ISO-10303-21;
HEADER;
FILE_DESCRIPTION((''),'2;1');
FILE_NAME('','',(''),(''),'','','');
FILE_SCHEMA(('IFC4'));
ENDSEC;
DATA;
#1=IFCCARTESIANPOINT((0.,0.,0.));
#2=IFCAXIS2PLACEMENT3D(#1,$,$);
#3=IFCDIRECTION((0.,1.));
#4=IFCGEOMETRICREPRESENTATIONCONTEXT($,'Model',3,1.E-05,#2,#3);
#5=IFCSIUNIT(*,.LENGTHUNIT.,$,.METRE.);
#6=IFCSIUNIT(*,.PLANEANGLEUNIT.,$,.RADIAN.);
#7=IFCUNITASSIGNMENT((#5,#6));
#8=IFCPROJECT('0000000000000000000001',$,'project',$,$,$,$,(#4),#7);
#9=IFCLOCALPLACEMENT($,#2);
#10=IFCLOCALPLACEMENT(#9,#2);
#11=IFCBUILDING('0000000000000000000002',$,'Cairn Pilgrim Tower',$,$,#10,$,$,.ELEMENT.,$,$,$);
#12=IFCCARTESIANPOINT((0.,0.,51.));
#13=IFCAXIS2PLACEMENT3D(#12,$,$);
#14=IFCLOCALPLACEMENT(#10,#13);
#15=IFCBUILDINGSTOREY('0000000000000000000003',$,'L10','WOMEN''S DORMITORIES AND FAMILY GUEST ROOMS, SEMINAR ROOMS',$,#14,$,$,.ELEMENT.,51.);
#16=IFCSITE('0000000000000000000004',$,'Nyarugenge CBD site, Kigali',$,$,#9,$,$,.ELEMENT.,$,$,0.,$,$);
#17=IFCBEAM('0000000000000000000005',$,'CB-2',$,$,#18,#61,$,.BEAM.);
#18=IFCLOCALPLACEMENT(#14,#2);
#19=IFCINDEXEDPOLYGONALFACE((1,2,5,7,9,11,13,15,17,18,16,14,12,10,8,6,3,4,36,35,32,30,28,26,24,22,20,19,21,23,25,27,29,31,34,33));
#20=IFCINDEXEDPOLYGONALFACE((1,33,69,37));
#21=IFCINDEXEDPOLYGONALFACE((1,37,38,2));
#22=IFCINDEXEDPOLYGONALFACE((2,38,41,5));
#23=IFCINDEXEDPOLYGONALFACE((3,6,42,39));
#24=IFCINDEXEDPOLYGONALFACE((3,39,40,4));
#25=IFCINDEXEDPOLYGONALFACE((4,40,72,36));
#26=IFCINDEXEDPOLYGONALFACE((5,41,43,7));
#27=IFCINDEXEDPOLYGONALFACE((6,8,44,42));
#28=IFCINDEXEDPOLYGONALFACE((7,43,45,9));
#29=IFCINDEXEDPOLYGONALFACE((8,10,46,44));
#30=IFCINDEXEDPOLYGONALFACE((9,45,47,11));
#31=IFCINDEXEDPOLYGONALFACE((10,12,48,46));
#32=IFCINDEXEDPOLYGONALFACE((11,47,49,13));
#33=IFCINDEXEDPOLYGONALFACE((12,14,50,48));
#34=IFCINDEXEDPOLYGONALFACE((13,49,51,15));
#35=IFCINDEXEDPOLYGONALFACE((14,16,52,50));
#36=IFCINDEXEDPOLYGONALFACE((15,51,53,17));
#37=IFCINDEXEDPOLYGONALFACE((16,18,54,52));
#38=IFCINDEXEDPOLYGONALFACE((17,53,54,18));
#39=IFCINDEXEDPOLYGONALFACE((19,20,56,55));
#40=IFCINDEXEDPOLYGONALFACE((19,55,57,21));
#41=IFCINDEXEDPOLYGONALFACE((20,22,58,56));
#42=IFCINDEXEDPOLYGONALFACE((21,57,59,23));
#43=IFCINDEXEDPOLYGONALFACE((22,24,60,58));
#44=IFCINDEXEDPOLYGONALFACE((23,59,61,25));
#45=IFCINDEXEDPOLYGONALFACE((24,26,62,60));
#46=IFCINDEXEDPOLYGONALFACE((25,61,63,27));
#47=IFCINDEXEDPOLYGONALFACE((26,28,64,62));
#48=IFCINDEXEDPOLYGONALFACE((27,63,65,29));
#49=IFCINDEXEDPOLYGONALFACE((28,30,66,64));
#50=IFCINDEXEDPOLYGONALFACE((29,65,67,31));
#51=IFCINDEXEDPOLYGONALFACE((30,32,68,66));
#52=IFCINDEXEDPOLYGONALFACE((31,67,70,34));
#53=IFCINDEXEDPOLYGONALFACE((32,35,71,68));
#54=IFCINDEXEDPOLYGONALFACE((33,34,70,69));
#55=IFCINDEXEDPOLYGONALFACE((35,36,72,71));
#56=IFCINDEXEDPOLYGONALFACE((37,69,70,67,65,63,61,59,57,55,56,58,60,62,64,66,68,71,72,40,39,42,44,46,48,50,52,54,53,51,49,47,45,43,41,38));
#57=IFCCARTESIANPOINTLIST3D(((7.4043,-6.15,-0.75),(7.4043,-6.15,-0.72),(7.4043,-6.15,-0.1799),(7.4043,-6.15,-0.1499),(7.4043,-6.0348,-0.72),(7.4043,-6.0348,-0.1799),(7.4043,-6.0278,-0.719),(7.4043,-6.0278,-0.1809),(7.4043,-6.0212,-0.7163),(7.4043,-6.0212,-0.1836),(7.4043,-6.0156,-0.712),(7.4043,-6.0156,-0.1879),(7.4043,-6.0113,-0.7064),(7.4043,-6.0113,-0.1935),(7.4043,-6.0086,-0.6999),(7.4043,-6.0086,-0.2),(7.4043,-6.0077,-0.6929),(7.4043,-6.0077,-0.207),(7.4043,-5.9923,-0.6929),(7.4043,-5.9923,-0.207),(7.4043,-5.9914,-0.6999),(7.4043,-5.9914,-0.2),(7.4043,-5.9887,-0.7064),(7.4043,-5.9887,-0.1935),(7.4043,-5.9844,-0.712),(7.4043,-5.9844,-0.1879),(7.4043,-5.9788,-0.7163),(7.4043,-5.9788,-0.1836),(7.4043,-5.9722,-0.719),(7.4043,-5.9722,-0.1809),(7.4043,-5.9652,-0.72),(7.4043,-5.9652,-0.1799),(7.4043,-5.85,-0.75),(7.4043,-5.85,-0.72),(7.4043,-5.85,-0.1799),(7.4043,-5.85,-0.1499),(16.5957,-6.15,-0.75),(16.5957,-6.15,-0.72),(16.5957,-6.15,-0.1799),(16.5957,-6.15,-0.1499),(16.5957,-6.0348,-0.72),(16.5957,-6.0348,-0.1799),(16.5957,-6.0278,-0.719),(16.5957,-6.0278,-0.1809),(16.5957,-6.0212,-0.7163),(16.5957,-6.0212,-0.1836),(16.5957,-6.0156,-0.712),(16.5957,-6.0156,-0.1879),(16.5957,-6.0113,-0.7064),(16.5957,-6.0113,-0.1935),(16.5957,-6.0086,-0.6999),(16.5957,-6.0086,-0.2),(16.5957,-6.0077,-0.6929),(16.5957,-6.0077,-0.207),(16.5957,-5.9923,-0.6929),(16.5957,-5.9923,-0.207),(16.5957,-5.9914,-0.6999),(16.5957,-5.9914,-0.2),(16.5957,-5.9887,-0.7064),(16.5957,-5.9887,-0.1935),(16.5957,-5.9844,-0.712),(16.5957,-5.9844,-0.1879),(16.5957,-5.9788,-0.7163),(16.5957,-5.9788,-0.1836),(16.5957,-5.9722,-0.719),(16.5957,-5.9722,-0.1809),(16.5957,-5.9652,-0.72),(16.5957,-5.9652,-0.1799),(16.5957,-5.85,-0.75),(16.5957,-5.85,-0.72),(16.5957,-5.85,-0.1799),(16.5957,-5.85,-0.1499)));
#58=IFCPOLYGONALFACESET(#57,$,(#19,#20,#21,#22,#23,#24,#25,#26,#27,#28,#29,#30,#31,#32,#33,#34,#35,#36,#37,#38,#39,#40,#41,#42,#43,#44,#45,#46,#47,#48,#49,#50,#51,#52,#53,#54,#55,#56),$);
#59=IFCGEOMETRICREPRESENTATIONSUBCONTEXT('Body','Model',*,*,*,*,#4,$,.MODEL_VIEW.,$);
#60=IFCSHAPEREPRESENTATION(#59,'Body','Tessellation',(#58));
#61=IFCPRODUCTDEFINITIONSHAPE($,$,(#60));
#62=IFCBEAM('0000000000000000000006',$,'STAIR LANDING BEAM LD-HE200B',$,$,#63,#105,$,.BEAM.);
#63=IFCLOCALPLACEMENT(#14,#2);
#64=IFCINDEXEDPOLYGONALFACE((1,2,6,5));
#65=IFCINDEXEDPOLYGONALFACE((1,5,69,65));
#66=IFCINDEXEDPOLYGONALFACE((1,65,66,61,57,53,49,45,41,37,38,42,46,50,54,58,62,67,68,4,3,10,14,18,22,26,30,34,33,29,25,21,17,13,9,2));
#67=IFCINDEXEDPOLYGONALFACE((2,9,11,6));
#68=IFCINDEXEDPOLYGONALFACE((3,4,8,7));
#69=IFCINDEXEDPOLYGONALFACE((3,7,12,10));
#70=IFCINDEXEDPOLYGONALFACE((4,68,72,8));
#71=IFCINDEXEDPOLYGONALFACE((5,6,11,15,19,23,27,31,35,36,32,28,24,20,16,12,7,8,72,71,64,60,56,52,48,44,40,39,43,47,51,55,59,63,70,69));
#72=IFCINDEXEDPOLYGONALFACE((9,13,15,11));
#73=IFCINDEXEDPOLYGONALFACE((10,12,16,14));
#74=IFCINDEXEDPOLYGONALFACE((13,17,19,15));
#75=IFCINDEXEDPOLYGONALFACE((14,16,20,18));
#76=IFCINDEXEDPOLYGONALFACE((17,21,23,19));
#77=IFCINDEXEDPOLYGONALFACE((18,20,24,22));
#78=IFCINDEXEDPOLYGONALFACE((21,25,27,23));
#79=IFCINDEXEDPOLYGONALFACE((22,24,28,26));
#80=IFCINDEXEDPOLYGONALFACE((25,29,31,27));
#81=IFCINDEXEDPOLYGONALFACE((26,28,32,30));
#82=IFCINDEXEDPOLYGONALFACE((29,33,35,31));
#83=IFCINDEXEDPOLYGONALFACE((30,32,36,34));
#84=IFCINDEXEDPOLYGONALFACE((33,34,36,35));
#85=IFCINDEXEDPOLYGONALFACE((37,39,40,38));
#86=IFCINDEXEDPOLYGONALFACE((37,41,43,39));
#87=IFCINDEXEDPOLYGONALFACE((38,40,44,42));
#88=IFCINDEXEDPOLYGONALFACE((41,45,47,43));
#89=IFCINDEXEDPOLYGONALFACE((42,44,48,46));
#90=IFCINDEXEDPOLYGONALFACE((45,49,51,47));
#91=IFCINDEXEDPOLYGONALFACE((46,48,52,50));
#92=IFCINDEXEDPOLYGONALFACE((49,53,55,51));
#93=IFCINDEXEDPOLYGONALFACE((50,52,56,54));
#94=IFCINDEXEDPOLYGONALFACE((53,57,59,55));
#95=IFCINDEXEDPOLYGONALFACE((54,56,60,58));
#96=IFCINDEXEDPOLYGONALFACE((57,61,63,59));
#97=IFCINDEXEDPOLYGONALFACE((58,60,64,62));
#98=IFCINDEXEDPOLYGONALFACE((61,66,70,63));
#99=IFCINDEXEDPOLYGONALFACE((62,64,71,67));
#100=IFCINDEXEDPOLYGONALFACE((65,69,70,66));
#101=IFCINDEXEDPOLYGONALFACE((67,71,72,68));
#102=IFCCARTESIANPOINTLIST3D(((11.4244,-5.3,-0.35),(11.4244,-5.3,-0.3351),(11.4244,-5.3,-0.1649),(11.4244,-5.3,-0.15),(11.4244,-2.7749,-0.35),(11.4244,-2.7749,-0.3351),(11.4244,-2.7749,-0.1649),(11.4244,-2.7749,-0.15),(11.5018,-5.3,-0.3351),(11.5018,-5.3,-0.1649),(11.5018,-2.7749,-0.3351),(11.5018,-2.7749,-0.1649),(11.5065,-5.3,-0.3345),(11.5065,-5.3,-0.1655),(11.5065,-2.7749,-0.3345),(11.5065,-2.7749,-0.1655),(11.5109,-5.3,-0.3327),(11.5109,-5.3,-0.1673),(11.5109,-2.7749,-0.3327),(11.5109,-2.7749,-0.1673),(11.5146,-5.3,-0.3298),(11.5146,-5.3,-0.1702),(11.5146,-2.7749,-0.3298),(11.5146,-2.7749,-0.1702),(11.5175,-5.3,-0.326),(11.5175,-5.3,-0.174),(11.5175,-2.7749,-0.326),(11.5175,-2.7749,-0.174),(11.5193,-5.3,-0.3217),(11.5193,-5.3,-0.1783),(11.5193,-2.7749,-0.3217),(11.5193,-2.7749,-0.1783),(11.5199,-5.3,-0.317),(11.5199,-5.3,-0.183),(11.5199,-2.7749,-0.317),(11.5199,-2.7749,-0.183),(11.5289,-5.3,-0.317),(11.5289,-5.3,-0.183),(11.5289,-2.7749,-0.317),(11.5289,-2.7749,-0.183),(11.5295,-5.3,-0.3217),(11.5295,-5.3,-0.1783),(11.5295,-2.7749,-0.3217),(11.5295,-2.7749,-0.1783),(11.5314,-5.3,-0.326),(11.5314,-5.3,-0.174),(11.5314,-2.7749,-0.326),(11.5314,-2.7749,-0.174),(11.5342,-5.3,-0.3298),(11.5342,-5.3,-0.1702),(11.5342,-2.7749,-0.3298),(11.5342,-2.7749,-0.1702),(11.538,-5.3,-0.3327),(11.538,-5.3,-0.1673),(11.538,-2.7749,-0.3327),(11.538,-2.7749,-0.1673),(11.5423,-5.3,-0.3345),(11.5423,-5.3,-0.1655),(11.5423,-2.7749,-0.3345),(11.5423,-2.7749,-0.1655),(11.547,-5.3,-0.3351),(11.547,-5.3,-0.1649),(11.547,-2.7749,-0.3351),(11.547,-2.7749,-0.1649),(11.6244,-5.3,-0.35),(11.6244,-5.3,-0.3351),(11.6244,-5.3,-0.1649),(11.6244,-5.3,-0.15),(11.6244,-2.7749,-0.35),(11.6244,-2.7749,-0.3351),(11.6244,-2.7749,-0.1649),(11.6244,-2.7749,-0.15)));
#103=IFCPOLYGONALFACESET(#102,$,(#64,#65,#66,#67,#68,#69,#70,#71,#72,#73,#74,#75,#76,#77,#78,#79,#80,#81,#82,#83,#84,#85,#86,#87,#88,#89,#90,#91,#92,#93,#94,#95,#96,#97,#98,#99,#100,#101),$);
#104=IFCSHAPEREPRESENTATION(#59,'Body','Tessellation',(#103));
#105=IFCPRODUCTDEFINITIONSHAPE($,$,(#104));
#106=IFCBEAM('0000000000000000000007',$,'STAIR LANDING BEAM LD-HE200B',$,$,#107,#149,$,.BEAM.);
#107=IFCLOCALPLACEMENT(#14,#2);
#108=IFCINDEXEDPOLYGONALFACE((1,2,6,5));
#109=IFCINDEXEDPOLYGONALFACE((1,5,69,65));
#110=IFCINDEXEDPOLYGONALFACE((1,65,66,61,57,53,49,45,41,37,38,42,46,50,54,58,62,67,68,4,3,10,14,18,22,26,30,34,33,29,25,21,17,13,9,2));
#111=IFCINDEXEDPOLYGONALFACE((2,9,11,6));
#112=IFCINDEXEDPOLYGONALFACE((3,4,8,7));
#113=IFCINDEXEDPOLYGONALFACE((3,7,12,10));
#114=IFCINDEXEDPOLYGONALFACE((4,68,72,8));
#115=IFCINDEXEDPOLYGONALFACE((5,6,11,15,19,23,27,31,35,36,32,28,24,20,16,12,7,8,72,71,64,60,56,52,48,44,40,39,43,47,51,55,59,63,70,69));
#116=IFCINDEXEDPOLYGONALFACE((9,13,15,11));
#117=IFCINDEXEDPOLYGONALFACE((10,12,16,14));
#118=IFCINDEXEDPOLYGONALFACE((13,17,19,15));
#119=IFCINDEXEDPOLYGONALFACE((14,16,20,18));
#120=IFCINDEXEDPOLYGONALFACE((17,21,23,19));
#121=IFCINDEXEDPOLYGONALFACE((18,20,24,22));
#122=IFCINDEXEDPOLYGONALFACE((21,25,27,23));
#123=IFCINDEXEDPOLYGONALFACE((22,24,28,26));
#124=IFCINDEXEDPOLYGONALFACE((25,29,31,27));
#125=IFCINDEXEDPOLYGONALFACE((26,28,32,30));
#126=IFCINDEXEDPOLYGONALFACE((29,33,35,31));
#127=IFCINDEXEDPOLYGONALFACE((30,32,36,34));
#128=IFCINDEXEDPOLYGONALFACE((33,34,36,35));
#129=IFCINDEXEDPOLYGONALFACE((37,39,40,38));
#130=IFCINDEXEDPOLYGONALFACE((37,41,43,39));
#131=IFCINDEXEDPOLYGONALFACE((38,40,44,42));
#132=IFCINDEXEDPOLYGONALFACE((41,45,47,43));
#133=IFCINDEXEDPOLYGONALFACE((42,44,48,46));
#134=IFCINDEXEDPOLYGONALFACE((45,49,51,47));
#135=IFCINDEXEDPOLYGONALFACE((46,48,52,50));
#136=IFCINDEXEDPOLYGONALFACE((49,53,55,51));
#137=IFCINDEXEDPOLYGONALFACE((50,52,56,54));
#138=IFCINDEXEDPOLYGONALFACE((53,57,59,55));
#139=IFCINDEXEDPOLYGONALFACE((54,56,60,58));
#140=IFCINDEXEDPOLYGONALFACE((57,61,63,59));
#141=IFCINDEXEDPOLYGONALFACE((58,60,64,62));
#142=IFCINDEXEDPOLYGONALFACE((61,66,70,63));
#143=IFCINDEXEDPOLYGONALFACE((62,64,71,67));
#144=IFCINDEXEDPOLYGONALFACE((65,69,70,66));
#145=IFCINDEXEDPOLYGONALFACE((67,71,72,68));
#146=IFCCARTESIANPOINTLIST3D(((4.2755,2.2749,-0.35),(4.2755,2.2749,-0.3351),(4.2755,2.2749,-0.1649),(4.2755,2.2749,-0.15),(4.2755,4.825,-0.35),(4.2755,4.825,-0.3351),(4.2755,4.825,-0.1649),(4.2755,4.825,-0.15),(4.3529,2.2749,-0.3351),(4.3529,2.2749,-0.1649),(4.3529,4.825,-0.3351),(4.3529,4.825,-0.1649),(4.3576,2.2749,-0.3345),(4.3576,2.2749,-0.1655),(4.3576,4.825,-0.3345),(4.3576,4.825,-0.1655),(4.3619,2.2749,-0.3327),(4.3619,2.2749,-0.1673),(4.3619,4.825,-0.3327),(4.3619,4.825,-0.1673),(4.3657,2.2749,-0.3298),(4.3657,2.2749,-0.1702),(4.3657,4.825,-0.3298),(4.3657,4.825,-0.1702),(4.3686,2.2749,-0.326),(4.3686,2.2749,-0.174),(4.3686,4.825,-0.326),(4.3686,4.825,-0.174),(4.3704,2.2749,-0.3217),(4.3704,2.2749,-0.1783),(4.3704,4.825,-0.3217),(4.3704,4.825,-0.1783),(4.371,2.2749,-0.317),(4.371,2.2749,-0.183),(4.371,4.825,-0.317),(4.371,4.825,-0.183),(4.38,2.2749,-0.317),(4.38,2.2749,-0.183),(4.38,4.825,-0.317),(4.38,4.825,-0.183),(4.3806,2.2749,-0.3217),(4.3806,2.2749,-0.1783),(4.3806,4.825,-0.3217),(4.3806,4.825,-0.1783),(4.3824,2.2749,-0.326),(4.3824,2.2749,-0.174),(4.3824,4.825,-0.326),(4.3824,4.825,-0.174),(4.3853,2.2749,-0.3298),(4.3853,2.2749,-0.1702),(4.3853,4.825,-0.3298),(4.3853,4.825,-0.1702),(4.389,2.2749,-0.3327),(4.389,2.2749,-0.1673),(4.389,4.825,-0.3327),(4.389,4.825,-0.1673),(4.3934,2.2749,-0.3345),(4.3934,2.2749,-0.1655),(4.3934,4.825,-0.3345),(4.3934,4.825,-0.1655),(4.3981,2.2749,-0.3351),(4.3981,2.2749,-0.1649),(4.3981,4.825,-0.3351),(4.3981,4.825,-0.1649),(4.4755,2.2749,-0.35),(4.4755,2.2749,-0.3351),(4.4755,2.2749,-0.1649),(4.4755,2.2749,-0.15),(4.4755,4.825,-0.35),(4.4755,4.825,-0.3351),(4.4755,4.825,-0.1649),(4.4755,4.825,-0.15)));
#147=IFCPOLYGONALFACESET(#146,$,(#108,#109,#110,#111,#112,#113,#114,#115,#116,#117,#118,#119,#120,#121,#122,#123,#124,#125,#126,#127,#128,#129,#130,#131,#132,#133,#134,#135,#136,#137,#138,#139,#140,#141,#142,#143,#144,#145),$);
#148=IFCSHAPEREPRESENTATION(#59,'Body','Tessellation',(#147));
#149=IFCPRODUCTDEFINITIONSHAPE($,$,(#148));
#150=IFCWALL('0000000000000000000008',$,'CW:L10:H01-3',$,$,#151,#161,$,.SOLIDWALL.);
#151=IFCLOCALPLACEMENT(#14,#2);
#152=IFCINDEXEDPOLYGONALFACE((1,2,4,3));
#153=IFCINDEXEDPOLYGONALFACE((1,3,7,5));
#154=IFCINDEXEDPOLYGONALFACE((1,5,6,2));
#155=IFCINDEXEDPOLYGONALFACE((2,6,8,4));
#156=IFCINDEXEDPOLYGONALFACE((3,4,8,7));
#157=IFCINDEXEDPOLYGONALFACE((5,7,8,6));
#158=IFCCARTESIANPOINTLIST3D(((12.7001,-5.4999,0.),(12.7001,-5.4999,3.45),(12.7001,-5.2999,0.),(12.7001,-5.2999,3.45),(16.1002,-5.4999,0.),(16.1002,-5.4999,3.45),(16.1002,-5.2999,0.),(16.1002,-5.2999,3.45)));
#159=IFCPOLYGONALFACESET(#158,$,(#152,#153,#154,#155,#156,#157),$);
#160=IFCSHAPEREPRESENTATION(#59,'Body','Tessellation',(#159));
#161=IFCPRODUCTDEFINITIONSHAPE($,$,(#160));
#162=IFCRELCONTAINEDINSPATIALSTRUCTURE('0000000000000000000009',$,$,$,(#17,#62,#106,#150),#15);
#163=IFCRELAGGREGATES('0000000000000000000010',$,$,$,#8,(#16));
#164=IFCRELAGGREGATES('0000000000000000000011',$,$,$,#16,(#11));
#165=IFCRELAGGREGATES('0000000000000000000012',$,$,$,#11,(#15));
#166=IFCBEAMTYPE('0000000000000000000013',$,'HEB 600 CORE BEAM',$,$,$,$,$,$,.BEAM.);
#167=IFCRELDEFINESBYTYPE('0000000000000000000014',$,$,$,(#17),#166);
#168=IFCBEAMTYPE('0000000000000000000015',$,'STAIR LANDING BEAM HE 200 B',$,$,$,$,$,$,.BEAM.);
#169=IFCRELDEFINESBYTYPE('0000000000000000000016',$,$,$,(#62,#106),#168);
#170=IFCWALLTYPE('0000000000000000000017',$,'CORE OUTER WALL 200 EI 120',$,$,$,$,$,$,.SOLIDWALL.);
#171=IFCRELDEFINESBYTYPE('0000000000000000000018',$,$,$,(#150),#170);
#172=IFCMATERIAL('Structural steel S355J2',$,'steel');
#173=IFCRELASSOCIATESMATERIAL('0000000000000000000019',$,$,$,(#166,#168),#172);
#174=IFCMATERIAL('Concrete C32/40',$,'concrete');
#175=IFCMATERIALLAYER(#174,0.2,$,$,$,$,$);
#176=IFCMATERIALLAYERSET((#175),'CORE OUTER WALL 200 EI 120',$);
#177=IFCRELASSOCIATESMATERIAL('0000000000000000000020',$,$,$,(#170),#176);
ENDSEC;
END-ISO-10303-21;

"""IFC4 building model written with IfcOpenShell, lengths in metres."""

from ifc_helpers import new_model, si_unit, direction, frame, frame_2d, origin, origin_2d, place, context, subcontext, project, spatial, rectangle, i_section, extrude, material, layer, layer_set, material_profile, profile_set, type_object, element, save


model = new_model("IFC4")

# Units and contexts
model_context = context("Model", 3, precision=1e-05, world=origin(), true_north=direction((0.0, 1.0)))
body_context = subcontext(model_context, "Body", "Model", "MODEL_VIEW")
ifc_project = project(units=[si_unit("LENGTHUNIT", "METRE"), si_unit("PLANEANGLEUNIT", "RADIAN")], contexts=[model_context])

# Site, building, storey
site_placement = place(None, origin())
site = spatial("IfcSite", under=ifc_project, at=site_placement, Name="Nyarugenge CBD site, Kigali", CompositionType="ELEMENT", RefElevation=0.0)
building_placement = place(site_placement, origin())
building = spatial("IfcBuilding", under=site, at=building_placement, Name="Cairn Pilgrim Tower", CompositionType="ELEMENT")
storey_placement = place(building_placement, frame((0.0, 0.0, 51.0)))
storey = spatial("IfcBuildingStorey", under=building, at=storey_placement, Name="L10", Description="WOMEN'S DORMITORIES AND FAMILY GUEST ROOMS, SEMINAR ROOMS", CompositionType="ELEMENT", Elevation=51.0)

# Beams
ifc_material_1 = material(Name="Structural steel S355J2", Category="steel")
ifc_material_profile_1 = material_profile(ifc_material_1, i_section(OverallWidth=0.3, OverallDepth=0.6001, WebThickness=0.0154, FlangeThickness=0.03, FilletRadius=0.0271, at=origin_2d()), Name="HEB 600")
ifc_profile_set_1 = profile_set([ifc_material_profile_1], Name="Structural steel S355J2")
beam_type_1 = type_object("IfcBeamType", Name="HEB 600 CORE BEAM", PredefinedType="BEAM", material=ifc_profile_set_1)
beam_1_placement = place(storey_placement, frame((7.4043, -6.0, -0.45), z_axis=(1.0, 0.0, 0.0), x_axis=(0.0, 1.0, 0.0)))
element("IfcBeam", 1, at=beam_1_placement, inside=storey, type_object=beam_type_1, Name="CB-2", PredefinedType="BEAM", context=body_context, shape_type="SweptSolid", body=[
    extrude(i_section(OverallWidth=0.3, OverallDepth=0.6001, WebThickness=0.0154, FlangeThickness=0.03, FilletRadius=0.0271, at=origin_2d()), origin(), (0.0, 0.0, 1.0), 9.1914),
])
ifc_material_profile_2 = material_profile(ifc_material_1, i_section(OverallWidth=0.2, OverallDepth=0.2, WebThickness=0.009, FlangeThickness=0.0149, FilletRadius=0.0181, at=origin_2d()), Name="HE 200 B")
ifc_profile_set_2 = profile_set([ifc_material_profile_2], Name="Structural steel S355J2")
beam_type_2 = type_object("IfcBeamType", Name="STAIR LANDING BEAM HE 200 B", PredefinedType="BEAM", material=ifc_profile_set_2)
beam_2_placement = place(storey_placement, frame((11.5244, -2.7749, -0.25), z_axis=(0.0, -1.0, 0.0), x_axis=(1.0, 0.0, 0.0)))
element("IfcBeam", 2, at=beam_2_placement, inside=storey, type_object=beam_type_2, Name="STAIR LANDING BEAM LD-HE200B", PredefinedType="BEAM", context=body_context, shape_type="SweptSolid", body=[
    extrude(i_section(OverallWidth=0.2, OverallDepth=0.2, WebThickness=0.009, FlangeThickness=0.0149, FilletRadius=0.0181, at=origin_2d()), origin(), (0.0, 0.0, 1.0), 2.5251),
])
beam_3_placement = place(storey_placement, frame((4.3755, 2.2749, -0.25), z_axis=(0.0, 1.0, 0.0), x_axis=(-1.0, 0.0, 0.0)))
element("IfcBeam", 3, at=beam_3_placement, inside=storey, type_object=beam_type_2, Name="STAIR LANDING BEAM LD-HE200B", PredefinedType="BEAM", context=body_context, shape_type="SweptSolid", body=[
    extrude(i_section(OverallWidth=0.2, OverallDepth=0.2, WebThickness=0.009, FlangeThickness=0.0149, FilletRadius=0.0181, at=origin_2d()), origin(), (0.0, 0.0, 1.0), 2.55),
])

# Wall
ifc_material_2 = material(Name="Concrete C32/40", Category="concrete")
ifc_layer_1 = layer(ifc_material_2, 0.2)
ifc_layer_set_1 = layer_set([ifc_layer_1], Name="CORE OUTER WALL 200 EI 120")
wall_type_1 = type_object("IfcWallType", Name="CORE OUTER WALL 200 EI 120", PredefinedType="SOLIDWALL", material=ifc_layer_set_1)
wall_1_placement = place(storey_placement, frame((12.7, -5.3999, 0.0), z_axis=(0.0, 0.0, 1.0), x_axis=(1.0, 0.0, 0.0)))
element("IfcWall", 4, at=wall_1_placement, inside=storey, type_object=wall_type_1, Name="CW:L10:H01-3", PredefinedType="SOLIDWALL", context=body_context, shape_type="SweptSolid", body=[
    extrude(rectangle(XDim=3.4001, YDim=0.2, at=frame_2d((1.7002, 0.0))), origin(), (0.0, 0.0, 1.0), 3.45),
])

save(model, "model.ifc")
